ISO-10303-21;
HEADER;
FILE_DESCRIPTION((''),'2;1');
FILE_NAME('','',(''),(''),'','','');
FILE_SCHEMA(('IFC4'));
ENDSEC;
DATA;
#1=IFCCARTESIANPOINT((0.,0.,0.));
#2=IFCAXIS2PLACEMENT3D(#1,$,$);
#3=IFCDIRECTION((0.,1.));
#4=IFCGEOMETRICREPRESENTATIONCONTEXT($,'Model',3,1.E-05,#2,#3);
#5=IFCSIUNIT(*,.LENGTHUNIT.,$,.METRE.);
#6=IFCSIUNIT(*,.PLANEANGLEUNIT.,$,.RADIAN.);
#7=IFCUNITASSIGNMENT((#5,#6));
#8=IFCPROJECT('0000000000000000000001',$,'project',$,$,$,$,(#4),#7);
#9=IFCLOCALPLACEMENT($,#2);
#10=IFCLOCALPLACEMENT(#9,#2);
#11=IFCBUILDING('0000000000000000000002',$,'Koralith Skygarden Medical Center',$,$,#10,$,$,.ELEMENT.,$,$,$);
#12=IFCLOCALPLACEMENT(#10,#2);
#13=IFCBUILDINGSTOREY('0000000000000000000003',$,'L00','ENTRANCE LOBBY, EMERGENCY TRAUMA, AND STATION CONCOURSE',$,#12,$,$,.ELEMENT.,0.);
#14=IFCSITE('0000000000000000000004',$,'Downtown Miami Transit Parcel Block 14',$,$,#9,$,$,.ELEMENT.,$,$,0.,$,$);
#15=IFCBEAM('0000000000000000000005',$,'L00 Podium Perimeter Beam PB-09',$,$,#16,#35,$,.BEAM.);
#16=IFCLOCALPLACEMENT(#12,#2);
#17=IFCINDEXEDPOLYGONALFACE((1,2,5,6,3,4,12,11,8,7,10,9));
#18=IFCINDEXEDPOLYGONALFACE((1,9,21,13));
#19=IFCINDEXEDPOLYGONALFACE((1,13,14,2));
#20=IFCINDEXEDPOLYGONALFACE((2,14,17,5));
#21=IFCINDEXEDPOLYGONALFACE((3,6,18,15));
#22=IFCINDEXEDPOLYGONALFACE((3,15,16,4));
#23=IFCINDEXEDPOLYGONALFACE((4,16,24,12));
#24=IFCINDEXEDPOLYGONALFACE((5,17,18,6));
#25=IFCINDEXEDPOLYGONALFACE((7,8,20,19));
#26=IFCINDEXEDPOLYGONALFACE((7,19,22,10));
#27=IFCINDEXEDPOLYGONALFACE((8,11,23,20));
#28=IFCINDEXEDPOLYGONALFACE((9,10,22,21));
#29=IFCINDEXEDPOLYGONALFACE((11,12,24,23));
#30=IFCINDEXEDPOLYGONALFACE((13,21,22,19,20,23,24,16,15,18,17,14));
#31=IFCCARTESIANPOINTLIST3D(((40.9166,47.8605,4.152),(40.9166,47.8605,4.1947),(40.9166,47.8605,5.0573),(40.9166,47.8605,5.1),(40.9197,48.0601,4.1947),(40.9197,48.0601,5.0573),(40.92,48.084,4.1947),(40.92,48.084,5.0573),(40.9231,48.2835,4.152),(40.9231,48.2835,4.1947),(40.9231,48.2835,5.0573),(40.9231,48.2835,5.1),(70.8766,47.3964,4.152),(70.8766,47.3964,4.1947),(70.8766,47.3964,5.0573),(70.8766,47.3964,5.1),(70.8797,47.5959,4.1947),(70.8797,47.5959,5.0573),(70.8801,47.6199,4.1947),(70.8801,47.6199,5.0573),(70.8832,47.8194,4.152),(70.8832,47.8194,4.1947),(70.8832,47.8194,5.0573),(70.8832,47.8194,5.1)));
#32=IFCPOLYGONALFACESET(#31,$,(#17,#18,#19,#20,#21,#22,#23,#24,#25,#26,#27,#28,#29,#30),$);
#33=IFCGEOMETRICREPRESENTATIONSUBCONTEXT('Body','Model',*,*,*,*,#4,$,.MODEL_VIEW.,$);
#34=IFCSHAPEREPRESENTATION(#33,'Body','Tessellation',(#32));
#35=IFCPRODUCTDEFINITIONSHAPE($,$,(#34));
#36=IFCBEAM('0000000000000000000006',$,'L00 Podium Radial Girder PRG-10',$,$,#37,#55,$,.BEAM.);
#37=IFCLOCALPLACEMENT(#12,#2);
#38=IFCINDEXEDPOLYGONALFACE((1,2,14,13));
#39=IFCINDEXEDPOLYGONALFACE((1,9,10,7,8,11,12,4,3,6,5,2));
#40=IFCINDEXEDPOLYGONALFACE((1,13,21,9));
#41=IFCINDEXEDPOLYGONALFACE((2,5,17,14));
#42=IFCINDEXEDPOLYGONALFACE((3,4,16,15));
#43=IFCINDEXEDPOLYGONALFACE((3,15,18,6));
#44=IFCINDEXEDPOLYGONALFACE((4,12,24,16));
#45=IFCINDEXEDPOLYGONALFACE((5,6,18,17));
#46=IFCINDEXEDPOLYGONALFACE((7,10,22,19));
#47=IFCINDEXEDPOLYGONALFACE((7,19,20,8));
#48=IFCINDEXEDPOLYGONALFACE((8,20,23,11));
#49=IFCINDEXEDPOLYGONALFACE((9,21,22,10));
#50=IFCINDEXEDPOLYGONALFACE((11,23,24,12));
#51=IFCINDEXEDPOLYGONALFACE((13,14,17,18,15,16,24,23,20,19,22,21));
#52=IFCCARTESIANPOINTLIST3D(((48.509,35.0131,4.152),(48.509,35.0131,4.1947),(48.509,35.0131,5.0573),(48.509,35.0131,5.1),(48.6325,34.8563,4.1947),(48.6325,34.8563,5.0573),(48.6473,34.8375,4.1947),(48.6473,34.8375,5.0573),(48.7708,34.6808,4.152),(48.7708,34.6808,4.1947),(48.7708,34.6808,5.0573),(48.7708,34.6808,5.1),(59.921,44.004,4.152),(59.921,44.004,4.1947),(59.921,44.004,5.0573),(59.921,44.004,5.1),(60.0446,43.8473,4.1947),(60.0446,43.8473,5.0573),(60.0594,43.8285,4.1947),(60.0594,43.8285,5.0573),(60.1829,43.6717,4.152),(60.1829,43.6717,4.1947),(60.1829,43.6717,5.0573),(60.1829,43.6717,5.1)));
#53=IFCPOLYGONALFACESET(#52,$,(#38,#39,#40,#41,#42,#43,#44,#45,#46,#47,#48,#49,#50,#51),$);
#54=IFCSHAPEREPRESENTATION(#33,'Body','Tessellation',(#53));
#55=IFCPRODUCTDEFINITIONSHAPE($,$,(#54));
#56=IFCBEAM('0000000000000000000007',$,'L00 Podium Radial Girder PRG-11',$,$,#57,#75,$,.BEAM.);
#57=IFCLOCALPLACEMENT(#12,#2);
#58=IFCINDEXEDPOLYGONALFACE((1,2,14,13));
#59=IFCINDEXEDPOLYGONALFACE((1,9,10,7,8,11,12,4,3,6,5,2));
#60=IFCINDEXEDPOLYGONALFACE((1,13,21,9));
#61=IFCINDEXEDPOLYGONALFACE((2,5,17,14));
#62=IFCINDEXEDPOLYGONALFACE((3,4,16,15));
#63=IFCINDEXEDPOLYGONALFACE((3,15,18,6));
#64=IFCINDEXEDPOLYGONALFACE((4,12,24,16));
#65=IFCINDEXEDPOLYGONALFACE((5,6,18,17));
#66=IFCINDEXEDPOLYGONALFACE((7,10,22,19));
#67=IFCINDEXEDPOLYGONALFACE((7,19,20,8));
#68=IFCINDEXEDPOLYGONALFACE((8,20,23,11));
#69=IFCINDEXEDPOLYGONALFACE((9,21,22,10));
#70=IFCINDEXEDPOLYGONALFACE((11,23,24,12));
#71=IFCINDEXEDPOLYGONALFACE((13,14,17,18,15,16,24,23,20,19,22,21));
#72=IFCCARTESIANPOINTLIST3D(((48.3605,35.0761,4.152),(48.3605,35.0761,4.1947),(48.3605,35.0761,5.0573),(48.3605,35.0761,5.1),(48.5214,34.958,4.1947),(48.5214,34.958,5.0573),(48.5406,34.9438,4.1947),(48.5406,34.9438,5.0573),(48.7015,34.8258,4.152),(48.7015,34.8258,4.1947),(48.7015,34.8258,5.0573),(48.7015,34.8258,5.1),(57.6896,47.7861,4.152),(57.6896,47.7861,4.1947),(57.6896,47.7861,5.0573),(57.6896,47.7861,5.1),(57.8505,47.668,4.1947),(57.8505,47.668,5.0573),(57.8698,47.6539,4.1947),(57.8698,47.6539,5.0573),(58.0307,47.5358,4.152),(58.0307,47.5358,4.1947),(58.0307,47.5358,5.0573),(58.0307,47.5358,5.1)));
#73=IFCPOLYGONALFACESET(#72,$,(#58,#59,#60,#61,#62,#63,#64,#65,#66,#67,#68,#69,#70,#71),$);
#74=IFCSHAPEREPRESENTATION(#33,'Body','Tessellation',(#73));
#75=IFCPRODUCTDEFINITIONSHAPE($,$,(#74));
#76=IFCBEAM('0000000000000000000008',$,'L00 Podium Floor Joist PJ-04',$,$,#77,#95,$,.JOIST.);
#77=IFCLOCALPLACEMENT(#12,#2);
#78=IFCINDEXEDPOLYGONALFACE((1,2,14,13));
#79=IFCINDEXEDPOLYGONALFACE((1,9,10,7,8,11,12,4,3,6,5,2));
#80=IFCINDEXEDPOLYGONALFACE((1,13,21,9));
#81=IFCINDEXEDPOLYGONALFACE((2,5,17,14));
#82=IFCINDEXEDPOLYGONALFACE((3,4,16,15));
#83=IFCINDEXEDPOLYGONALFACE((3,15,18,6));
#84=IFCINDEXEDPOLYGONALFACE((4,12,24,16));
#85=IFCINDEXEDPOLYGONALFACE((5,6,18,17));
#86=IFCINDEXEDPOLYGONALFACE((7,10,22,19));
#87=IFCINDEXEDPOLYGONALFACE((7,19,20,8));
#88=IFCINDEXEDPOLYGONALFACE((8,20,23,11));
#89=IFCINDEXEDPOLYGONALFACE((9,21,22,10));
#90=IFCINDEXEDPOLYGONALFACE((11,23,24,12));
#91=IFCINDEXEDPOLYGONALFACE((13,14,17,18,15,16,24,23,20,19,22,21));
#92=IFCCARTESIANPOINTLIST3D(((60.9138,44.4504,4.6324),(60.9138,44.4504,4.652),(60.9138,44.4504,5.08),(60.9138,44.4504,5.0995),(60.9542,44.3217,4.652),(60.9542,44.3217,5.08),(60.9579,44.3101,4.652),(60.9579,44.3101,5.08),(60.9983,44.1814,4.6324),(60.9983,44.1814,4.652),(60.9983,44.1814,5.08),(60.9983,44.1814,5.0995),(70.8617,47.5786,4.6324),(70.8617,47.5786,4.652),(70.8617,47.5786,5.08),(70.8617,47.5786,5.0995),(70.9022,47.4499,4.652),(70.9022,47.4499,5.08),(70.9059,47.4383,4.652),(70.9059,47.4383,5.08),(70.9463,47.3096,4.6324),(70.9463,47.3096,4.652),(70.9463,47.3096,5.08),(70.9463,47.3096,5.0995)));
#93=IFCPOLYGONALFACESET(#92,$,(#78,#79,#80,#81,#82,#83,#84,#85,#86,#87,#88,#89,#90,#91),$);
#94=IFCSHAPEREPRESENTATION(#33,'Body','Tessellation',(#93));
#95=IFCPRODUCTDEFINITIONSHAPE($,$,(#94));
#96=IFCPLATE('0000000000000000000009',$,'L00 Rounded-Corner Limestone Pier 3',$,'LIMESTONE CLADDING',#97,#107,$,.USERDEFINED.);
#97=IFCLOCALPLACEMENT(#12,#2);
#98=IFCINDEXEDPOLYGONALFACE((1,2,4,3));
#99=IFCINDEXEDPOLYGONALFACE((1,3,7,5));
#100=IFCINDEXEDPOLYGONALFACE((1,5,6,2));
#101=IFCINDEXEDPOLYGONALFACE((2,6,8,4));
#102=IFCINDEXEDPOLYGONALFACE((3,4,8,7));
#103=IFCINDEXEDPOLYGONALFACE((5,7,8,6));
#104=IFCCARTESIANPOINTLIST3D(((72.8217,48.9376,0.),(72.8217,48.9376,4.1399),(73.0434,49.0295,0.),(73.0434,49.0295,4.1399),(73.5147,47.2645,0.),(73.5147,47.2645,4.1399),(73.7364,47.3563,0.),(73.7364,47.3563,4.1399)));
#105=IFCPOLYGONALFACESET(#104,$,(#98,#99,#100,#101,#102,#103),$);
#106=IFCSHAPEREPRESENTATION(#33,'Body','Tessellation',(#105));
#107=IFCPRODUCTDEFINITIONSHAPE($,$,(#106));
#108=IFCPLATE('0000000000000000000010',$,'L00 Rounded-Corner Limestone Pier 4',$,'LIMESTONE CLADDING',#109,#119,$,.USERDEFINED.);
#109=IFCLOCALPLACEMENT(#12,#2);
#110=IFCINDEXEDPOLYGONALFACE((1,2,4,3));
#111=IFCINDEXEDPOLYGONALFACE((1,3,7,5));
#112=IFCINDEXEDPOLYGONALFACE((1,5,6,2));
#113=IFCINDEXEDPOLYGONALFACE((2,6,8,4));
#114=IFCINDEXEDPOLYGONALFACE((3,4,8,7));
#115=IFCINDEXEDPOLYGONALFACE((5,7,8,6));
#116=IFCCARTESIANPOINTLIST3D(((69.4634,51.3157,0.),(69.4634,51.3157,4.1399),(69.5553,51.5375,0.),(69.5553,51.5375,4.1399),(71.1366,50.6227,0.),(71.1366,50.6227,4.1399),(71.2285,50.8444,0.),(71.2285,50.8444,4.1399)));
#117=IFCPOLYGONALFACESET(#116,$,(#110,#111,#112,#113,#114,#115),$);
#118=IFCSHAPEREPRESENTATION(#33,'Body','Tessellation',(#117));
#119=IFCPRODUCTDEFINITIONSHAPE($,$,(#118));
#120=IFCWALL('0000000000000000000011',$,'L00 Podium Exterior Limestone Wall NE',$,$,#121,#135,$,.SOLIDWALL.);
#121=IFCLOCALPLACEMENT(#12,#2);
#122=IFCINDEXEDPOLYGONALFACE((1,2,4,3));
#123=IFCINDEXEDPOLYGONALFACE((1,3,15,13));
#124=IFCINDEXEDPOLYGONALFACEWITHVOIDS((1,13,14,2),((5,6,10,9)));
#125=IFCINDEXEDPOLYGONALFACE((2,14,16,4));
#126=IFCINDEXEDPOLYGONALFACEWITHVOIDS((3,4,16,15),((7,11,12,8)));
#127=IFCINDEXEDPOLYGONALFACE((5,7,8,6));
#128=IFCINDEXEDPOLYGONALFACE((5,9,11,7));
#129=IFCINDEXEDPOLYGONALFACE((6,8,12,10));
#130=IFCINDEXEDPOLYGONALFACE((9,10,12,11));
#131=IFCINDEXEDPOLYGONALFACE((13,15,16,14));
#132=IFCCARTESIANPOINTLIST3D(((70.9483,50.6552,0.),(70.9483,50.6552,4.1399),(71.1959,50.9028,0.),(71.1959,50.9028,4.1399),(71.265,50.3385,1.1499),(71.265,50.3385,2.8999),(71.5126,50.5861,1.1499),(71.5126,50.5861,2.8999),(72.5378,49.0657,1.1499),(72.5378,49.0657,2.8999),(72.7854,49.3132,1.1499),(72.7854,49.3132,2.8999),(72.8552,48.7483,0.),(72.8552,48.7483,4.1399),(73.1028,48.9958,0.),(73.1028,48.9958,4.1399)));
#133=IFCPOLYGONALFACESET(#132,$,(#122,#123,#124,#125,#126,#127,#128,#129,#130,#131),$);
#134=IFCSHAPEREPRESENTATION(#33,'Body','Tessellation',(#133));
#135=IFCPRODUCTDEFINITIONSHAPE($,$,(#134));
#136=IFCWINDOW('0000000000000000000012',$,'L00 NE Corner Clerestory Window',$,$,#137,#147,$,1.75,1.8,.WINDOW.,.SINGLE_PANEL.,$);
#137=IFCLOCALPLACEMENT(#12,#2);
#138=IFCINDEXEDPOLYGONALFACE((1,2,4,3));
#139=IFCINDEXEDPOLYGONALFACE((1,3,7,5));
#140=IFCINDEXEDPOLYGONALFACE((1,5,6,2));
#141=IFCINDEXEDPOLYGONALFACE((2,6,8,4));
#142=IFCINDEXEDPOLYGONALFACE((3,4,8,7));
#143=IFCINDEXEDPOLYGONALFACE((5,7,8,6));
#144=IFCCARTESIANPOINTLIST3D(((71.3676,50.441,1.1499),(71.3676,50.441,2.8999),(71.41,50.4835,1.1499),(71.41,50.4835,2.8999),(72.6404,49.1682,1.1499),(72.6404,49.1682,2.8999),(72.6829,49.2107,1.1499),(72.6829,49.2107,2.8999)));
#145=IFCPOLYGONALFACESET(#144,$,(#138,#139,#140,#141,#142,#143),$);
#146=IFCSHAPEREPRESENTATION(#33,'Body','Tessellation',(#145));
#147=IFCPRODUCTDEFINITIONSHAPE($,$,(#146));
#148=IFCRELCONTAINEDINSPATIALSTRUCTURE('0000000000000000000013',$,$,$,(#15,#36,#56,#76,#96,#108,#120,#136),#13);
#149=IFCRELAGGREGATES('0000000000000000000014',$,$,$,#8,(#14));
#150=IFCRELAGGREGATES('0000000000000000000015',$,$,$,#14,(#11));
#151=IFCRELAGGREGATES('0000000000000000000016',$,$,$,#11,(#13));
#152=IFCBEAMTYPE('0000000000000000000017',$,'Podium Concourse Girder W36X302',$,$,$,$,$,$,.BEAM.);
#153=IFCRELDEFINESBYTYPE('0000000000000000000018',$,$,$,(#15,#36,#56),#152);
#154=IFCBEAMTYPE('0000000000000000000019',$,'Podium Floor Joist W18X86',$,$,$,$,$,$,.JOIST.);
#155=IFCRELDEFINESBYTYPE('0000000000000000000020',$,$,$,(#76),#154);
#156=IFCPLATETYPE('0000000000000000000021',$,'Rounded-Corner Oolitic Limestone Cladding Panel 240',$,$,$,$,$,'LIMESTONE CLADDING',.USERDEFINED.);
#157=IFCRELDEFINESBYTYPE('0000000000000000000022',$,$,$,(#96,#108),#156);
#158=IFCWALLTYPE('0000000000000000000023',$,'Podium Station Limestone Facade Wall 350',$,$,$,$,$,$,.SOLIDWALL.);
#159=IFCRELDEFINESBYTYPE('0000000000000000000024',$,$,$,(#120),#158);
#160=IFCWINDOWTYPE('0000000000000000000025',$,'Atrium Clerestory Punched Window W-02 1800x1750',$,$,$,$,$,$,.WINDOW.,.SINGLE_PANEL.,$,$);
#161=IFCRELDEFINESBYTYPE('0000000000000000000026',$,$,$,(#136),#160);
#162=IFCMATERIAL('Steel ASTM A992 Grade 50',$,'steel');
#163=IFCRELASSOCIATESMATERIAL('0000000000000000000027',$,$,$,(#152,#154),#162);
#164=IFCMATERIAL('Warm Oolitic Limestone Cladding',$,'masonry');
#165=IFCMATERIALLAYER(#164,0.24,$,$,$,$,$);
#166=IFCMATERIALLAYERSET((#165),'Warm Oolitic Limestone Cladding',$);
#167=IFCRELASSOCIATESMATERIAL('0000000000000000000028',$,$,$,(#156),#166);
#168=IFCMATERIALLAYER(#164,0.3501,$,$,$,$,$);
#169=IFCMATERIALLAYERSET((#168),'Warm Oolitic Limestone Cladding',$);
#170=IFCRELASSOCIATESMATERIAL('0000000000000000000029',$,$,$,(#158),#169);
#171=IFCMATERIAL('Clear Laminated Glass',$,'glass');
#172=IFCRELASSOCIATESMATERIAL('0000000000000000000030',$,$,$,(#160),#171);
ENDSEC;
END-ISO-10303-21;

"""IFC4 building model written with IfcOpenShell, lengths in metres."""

from ifc_helpers import new_model, si_unit, direction, frame, frame_2d, origin, origin_2d, place, context, subcontext, project, spatial, rectangle, i_section, extrude, material, layer, layer_set, material_profile, profile_set, type_object, element, fill, save


model = new_model("IFC4")

# Units and contexts
model_context = context("Model", 3, precision=1e-05, world=origin(), true_north=direction((0.0, 1.0)))
body_context = subcontext(model_context, "Body", "Model", "MODEL_VIEW")
ifc_project = project(units=[si_unit("LENGTHUNIT", "METRE"), si_unit("PLANEANGLEUNIT", "RADIAN")], contexts=[model_context])

# Site, building, storey
site_placement = place(None, origin())
site = spatial("IfcSite", under=ifc_project, at=site_placement, Name="Downtown Miami Transit Parcel Block 14", CompositionType="ELEMENT", RefElevation=0.0)
building_placement = place(site_placement, origin())
building = spatial("IfcBuilding", under=site, at=building_placement, Name="Koralith Skygarden Medical Center", CompositionType="ELEMENT")
storey_placement = place(building_placement, origin())
storey = spatial("IfcBuildingStorey", under=building, at=storey_placement, Name="L00", Description="ENTRANCE LOBBY, EMERGENCY TRAUMA, AND STATION CONCOURSE", CompositionType="ELEMENT", Elevation=0.0)

# Beams
ifc_material_1 = material(Name="Steel ASTM A992 Grade 50", Category="steel")
ifc_material_profile_1 = material_profile(ifc_material_1, i_section(OverallWidth=0.4231, OverallDepth=0.948, WebThickness=0.0239, FlangeThickness=0.0427, at=origin_2d()), Name="W36X302")
ifc_profile_set_1 = profile_set([ifc_material_profile_1], Name="Steel ASTM A992 Grade 50")
beam_type_1 = type_object("IfcBeamType", Name="Podium Concourse Girder W36X302", PredefinedType="BEAM", material=ifc_profile_set_1)
beam_1_placement = place(storey_placement, frame((70.8799, 47.6079, 4.626), z_axis=(-0.99988, 0.015489, 0.0), x_axis=(-0.015489, -0.99988, 0.0)))
element("IfcBeam", 1, at=beam_1_placement, inside=storey, type_object=beam_type_1, Name="L00 Podium Perimeter Beam PB-09", PredefinedType="BEAM", context=body_context, shape_type="SweptSolid", body=[
    extrude(i_section(OverallWidth=0.4231, OverallDepth=0.948, WebThickness=0.0239, FlangeThickness=0.0427, at=origin_2d()), origin(), (0.0, 0.0, 1.0), 29.9636),
])
beam_2_placement = place(storey_placement, frame((48.6399, 34.8469, 4.626), z_axis=(0.785505, 0.618856, 0.0), x_axis=(-0.618856, 0.785505, 0.0)))
element("IfcBeam", 2, at=beam_2_placement, inside=storey, type_object=beam_type_1, Name="L00 Podium Radial Girder PRG-10", PredefinedType="BEAM", context=body_context, shape_type="SweptSolid", body=[
    extrude(i_section(OverallWidth=0.4231, OverallDepth=0.948, WebThickness=0.0239, FlangeThickness=0.0427, at=origin_2d()), origin(), (0.0, 0.0, 1.0), 14.5283),
])
beam_3_placement = place(storey_placement, frame((48.531, 34.9509, 4.626), z_axis=(0.591713, 0.806149, 0.0), x_axis=(-0.806149, 0.591713, 0.0)))
element("IfcBeam", 3, at=beam_3_placement, inside=storey, type_object=beam_type_1, Name="L00 Podium Radial Girder PRG-11", PredefinedType="BEAM", context=body_context, shape_type="SweptSolid", body=[
    extrude(i_section(OverallWidth=0.4231, OverallDepth=0.948, WebThickness=0.0239, FlangeThickness=0.0427, at=origin_2d()), origin(), (0.0, 0.0, 1.0), 15.7664),
])
ifc_material_profile_2 = material_profile(ifc_material_1, i_section(OverallWidth=0.282, OverallDepth=0.467, WebThickness=0.0122, FlangeThickness=0.0195, at=origin_2d()), Name="W18X86")
ifc_profile_set_2 = profile_set([ifc_material_profile_2], Name="Steel ASTM A992 Grade 50")
beam_type_2 = type_object("IfcBeamType", Name="Podium Floor Joist W18X86", PredefinedType="JOIST", material=ifc_profile_set_2)
beam_4_placement = place(storey_placement, frame((60.9561, 44.3159, 4.866), z_axis=(0.953948, 0.299971, 0.0), x_axis=(-0.299971, 0.953948, 0.0)))
element("IfcBeam", 4, at=beam_4_placement, inside=storey, type_object=beam_type_2, Name="L00 Podium Floor Joist PJ-04", PredefinedType="JOIST", context=body_context, shape_type="SweptSolid", body=[
    extrude(i_section(OverallWidth=0.282, OverallDepth=0.467, WebThickness=0.0122, FlangeThickness=0.0195, at=origin_2d()), origin(), (0.0, 0.0, 1.0), 10.4282),
])

# Plates
ifc_material_2 = material(Name="Warm Oolitic Limestone Cladding", Category="masonry")
ifc_layer_1 = layer(ifc_material_2, 0.24)
ifc_layer_set_1 = layer_set([ifc_layer_1], Name="Warm Oolitic Limestone Cladding")
plate_type = type_object("IfcPlateType", Name="Rounded-Corner Oolitic Limestone Cladding Panel 240", ElementType="LIMESTONE CLADDING", PredefinedType="USERDEFINED", material=ifc_layer_set_1)
for number, where, z_axis, x_axis, name in (
    (5, (73.2791, 48.147, 0.0), (0.0, 0.0, 1.0), (-0.382671, 0.923885, 0.0), "L00 Rounded-Corner Limestone Pier 3"),
    (6, (70.3459, 51.0801, 0.0), (0.0, 0.0, 1.0), (-0.923885, 0.382671, 0.0), "L00 Rounded-Corner Limestone Pier 4"),
):
    element("IfcPlate", number, at=place(storey_placement, frame(where, z_axis=z_axis, x_axis=x_axis)), inside=storey, type_object=plate_type, Name=name, ObjectType="LIMESTONE CLADDING", PredefinedType="USERDEFINED", context=body_context, shape_type="SweptSolid", body=[
        extrude(rectangle(XDim=1.811, YDim=0.24, at=origin_2d()), origin(), (0.0, 0.0, 1.0), 4.1399),
    ])

# Wall, opening, window
ifc_layer_2 = layer(ifc_material_2, 0.3501)
ifc_layer_set_2 = layer_set([ifc_layer_2], Name="Warm Oolitic Limestone Cladding")
wall_type_1 = type_object("IfcWallType", Name="Podium Station Limestone Facade Wall 350", PredefinedType="SOLIDWALL", material=ifc_layer_set_2)
wall_1_placement = place(storey_placement, frame((72.979, 48.8721, 0.0), z_axis=(0.0, 0.0, 1.0), x_axis=(-0.707107, 0.707107, 0.0)))
wall_1 = element("IfcWall", 7, at=wall_1_placement, inside=storey, type_object=wall_type_1, Name="L00 Podium Exterior Limestone Wall NE", PredefinedType="SOLIDWALL", context=body_context, shape_type="SweptSolid", body=[
    extrude(rectangle(XDim=2.6968, YDim=0.3501, at=frame_2d((1.3484, 0.0))), origin(), (0.0, 0.0, 1.0), 4.1399),
])
opening_1_placement = place(wall_1_placement, frame((0.449, 0.0, 1.1499)))
opening_1 = element("IfcOpeningElement", 8, at=opening_1_placement, cuts=wall_1, PredefinedType="OPENING", context=body_context, shape_type="SweptSolid", body=[
    extrude(rectangle(XDim=1.8, YDim=1.75, at=frame_2d((0.8999, 0.875))), frame((0.0, 0.1851, 0.0), z_axis=(0.0, -1.0, 0.0), x_axis=(1.0, 0.0, 0.0)), (0.0, 0.0, 1.0), 0.3701),
])
ifc_material_3 = material(Name="Clear Laminated Glass", Category="glass")
window_type_1 = type_object("IfcWindowType", Name="Atrium Clerestory Punched Window W-02 1800x1750", PartitioningType="SINGLE_PANEL", PredefinedType="WINDOW", material=ifc_material_3)
window_1_placement = place(opening_1_placement, origin())
window_1 = element("IfcWindow", 9, at=window_1_placement, inside=storey, type_object=window_type_1, Name="L00 NE Corner Clerestory Window", OverallHeight=1.75, OverallWidth=1.8, PartitioningType="SINGLE_PANEL", PredefinedType="WINDOW", context=body_context, shape_type="SweptSolid", body=[
    extrude(rectangle(XDim=1.8, YDim=1.75, at=frame_2d((0.8999, 0.875))), frame((0.0, 0.03, 0.0), z_axis=(0.0, -1.0, 0.0), x_axis=(1.0, 0.0, 0.0)), (0.0, 0.0, 1.0), 0.0601),
])
fill(opening_1, window_1)

save(model, "model.ifc")
